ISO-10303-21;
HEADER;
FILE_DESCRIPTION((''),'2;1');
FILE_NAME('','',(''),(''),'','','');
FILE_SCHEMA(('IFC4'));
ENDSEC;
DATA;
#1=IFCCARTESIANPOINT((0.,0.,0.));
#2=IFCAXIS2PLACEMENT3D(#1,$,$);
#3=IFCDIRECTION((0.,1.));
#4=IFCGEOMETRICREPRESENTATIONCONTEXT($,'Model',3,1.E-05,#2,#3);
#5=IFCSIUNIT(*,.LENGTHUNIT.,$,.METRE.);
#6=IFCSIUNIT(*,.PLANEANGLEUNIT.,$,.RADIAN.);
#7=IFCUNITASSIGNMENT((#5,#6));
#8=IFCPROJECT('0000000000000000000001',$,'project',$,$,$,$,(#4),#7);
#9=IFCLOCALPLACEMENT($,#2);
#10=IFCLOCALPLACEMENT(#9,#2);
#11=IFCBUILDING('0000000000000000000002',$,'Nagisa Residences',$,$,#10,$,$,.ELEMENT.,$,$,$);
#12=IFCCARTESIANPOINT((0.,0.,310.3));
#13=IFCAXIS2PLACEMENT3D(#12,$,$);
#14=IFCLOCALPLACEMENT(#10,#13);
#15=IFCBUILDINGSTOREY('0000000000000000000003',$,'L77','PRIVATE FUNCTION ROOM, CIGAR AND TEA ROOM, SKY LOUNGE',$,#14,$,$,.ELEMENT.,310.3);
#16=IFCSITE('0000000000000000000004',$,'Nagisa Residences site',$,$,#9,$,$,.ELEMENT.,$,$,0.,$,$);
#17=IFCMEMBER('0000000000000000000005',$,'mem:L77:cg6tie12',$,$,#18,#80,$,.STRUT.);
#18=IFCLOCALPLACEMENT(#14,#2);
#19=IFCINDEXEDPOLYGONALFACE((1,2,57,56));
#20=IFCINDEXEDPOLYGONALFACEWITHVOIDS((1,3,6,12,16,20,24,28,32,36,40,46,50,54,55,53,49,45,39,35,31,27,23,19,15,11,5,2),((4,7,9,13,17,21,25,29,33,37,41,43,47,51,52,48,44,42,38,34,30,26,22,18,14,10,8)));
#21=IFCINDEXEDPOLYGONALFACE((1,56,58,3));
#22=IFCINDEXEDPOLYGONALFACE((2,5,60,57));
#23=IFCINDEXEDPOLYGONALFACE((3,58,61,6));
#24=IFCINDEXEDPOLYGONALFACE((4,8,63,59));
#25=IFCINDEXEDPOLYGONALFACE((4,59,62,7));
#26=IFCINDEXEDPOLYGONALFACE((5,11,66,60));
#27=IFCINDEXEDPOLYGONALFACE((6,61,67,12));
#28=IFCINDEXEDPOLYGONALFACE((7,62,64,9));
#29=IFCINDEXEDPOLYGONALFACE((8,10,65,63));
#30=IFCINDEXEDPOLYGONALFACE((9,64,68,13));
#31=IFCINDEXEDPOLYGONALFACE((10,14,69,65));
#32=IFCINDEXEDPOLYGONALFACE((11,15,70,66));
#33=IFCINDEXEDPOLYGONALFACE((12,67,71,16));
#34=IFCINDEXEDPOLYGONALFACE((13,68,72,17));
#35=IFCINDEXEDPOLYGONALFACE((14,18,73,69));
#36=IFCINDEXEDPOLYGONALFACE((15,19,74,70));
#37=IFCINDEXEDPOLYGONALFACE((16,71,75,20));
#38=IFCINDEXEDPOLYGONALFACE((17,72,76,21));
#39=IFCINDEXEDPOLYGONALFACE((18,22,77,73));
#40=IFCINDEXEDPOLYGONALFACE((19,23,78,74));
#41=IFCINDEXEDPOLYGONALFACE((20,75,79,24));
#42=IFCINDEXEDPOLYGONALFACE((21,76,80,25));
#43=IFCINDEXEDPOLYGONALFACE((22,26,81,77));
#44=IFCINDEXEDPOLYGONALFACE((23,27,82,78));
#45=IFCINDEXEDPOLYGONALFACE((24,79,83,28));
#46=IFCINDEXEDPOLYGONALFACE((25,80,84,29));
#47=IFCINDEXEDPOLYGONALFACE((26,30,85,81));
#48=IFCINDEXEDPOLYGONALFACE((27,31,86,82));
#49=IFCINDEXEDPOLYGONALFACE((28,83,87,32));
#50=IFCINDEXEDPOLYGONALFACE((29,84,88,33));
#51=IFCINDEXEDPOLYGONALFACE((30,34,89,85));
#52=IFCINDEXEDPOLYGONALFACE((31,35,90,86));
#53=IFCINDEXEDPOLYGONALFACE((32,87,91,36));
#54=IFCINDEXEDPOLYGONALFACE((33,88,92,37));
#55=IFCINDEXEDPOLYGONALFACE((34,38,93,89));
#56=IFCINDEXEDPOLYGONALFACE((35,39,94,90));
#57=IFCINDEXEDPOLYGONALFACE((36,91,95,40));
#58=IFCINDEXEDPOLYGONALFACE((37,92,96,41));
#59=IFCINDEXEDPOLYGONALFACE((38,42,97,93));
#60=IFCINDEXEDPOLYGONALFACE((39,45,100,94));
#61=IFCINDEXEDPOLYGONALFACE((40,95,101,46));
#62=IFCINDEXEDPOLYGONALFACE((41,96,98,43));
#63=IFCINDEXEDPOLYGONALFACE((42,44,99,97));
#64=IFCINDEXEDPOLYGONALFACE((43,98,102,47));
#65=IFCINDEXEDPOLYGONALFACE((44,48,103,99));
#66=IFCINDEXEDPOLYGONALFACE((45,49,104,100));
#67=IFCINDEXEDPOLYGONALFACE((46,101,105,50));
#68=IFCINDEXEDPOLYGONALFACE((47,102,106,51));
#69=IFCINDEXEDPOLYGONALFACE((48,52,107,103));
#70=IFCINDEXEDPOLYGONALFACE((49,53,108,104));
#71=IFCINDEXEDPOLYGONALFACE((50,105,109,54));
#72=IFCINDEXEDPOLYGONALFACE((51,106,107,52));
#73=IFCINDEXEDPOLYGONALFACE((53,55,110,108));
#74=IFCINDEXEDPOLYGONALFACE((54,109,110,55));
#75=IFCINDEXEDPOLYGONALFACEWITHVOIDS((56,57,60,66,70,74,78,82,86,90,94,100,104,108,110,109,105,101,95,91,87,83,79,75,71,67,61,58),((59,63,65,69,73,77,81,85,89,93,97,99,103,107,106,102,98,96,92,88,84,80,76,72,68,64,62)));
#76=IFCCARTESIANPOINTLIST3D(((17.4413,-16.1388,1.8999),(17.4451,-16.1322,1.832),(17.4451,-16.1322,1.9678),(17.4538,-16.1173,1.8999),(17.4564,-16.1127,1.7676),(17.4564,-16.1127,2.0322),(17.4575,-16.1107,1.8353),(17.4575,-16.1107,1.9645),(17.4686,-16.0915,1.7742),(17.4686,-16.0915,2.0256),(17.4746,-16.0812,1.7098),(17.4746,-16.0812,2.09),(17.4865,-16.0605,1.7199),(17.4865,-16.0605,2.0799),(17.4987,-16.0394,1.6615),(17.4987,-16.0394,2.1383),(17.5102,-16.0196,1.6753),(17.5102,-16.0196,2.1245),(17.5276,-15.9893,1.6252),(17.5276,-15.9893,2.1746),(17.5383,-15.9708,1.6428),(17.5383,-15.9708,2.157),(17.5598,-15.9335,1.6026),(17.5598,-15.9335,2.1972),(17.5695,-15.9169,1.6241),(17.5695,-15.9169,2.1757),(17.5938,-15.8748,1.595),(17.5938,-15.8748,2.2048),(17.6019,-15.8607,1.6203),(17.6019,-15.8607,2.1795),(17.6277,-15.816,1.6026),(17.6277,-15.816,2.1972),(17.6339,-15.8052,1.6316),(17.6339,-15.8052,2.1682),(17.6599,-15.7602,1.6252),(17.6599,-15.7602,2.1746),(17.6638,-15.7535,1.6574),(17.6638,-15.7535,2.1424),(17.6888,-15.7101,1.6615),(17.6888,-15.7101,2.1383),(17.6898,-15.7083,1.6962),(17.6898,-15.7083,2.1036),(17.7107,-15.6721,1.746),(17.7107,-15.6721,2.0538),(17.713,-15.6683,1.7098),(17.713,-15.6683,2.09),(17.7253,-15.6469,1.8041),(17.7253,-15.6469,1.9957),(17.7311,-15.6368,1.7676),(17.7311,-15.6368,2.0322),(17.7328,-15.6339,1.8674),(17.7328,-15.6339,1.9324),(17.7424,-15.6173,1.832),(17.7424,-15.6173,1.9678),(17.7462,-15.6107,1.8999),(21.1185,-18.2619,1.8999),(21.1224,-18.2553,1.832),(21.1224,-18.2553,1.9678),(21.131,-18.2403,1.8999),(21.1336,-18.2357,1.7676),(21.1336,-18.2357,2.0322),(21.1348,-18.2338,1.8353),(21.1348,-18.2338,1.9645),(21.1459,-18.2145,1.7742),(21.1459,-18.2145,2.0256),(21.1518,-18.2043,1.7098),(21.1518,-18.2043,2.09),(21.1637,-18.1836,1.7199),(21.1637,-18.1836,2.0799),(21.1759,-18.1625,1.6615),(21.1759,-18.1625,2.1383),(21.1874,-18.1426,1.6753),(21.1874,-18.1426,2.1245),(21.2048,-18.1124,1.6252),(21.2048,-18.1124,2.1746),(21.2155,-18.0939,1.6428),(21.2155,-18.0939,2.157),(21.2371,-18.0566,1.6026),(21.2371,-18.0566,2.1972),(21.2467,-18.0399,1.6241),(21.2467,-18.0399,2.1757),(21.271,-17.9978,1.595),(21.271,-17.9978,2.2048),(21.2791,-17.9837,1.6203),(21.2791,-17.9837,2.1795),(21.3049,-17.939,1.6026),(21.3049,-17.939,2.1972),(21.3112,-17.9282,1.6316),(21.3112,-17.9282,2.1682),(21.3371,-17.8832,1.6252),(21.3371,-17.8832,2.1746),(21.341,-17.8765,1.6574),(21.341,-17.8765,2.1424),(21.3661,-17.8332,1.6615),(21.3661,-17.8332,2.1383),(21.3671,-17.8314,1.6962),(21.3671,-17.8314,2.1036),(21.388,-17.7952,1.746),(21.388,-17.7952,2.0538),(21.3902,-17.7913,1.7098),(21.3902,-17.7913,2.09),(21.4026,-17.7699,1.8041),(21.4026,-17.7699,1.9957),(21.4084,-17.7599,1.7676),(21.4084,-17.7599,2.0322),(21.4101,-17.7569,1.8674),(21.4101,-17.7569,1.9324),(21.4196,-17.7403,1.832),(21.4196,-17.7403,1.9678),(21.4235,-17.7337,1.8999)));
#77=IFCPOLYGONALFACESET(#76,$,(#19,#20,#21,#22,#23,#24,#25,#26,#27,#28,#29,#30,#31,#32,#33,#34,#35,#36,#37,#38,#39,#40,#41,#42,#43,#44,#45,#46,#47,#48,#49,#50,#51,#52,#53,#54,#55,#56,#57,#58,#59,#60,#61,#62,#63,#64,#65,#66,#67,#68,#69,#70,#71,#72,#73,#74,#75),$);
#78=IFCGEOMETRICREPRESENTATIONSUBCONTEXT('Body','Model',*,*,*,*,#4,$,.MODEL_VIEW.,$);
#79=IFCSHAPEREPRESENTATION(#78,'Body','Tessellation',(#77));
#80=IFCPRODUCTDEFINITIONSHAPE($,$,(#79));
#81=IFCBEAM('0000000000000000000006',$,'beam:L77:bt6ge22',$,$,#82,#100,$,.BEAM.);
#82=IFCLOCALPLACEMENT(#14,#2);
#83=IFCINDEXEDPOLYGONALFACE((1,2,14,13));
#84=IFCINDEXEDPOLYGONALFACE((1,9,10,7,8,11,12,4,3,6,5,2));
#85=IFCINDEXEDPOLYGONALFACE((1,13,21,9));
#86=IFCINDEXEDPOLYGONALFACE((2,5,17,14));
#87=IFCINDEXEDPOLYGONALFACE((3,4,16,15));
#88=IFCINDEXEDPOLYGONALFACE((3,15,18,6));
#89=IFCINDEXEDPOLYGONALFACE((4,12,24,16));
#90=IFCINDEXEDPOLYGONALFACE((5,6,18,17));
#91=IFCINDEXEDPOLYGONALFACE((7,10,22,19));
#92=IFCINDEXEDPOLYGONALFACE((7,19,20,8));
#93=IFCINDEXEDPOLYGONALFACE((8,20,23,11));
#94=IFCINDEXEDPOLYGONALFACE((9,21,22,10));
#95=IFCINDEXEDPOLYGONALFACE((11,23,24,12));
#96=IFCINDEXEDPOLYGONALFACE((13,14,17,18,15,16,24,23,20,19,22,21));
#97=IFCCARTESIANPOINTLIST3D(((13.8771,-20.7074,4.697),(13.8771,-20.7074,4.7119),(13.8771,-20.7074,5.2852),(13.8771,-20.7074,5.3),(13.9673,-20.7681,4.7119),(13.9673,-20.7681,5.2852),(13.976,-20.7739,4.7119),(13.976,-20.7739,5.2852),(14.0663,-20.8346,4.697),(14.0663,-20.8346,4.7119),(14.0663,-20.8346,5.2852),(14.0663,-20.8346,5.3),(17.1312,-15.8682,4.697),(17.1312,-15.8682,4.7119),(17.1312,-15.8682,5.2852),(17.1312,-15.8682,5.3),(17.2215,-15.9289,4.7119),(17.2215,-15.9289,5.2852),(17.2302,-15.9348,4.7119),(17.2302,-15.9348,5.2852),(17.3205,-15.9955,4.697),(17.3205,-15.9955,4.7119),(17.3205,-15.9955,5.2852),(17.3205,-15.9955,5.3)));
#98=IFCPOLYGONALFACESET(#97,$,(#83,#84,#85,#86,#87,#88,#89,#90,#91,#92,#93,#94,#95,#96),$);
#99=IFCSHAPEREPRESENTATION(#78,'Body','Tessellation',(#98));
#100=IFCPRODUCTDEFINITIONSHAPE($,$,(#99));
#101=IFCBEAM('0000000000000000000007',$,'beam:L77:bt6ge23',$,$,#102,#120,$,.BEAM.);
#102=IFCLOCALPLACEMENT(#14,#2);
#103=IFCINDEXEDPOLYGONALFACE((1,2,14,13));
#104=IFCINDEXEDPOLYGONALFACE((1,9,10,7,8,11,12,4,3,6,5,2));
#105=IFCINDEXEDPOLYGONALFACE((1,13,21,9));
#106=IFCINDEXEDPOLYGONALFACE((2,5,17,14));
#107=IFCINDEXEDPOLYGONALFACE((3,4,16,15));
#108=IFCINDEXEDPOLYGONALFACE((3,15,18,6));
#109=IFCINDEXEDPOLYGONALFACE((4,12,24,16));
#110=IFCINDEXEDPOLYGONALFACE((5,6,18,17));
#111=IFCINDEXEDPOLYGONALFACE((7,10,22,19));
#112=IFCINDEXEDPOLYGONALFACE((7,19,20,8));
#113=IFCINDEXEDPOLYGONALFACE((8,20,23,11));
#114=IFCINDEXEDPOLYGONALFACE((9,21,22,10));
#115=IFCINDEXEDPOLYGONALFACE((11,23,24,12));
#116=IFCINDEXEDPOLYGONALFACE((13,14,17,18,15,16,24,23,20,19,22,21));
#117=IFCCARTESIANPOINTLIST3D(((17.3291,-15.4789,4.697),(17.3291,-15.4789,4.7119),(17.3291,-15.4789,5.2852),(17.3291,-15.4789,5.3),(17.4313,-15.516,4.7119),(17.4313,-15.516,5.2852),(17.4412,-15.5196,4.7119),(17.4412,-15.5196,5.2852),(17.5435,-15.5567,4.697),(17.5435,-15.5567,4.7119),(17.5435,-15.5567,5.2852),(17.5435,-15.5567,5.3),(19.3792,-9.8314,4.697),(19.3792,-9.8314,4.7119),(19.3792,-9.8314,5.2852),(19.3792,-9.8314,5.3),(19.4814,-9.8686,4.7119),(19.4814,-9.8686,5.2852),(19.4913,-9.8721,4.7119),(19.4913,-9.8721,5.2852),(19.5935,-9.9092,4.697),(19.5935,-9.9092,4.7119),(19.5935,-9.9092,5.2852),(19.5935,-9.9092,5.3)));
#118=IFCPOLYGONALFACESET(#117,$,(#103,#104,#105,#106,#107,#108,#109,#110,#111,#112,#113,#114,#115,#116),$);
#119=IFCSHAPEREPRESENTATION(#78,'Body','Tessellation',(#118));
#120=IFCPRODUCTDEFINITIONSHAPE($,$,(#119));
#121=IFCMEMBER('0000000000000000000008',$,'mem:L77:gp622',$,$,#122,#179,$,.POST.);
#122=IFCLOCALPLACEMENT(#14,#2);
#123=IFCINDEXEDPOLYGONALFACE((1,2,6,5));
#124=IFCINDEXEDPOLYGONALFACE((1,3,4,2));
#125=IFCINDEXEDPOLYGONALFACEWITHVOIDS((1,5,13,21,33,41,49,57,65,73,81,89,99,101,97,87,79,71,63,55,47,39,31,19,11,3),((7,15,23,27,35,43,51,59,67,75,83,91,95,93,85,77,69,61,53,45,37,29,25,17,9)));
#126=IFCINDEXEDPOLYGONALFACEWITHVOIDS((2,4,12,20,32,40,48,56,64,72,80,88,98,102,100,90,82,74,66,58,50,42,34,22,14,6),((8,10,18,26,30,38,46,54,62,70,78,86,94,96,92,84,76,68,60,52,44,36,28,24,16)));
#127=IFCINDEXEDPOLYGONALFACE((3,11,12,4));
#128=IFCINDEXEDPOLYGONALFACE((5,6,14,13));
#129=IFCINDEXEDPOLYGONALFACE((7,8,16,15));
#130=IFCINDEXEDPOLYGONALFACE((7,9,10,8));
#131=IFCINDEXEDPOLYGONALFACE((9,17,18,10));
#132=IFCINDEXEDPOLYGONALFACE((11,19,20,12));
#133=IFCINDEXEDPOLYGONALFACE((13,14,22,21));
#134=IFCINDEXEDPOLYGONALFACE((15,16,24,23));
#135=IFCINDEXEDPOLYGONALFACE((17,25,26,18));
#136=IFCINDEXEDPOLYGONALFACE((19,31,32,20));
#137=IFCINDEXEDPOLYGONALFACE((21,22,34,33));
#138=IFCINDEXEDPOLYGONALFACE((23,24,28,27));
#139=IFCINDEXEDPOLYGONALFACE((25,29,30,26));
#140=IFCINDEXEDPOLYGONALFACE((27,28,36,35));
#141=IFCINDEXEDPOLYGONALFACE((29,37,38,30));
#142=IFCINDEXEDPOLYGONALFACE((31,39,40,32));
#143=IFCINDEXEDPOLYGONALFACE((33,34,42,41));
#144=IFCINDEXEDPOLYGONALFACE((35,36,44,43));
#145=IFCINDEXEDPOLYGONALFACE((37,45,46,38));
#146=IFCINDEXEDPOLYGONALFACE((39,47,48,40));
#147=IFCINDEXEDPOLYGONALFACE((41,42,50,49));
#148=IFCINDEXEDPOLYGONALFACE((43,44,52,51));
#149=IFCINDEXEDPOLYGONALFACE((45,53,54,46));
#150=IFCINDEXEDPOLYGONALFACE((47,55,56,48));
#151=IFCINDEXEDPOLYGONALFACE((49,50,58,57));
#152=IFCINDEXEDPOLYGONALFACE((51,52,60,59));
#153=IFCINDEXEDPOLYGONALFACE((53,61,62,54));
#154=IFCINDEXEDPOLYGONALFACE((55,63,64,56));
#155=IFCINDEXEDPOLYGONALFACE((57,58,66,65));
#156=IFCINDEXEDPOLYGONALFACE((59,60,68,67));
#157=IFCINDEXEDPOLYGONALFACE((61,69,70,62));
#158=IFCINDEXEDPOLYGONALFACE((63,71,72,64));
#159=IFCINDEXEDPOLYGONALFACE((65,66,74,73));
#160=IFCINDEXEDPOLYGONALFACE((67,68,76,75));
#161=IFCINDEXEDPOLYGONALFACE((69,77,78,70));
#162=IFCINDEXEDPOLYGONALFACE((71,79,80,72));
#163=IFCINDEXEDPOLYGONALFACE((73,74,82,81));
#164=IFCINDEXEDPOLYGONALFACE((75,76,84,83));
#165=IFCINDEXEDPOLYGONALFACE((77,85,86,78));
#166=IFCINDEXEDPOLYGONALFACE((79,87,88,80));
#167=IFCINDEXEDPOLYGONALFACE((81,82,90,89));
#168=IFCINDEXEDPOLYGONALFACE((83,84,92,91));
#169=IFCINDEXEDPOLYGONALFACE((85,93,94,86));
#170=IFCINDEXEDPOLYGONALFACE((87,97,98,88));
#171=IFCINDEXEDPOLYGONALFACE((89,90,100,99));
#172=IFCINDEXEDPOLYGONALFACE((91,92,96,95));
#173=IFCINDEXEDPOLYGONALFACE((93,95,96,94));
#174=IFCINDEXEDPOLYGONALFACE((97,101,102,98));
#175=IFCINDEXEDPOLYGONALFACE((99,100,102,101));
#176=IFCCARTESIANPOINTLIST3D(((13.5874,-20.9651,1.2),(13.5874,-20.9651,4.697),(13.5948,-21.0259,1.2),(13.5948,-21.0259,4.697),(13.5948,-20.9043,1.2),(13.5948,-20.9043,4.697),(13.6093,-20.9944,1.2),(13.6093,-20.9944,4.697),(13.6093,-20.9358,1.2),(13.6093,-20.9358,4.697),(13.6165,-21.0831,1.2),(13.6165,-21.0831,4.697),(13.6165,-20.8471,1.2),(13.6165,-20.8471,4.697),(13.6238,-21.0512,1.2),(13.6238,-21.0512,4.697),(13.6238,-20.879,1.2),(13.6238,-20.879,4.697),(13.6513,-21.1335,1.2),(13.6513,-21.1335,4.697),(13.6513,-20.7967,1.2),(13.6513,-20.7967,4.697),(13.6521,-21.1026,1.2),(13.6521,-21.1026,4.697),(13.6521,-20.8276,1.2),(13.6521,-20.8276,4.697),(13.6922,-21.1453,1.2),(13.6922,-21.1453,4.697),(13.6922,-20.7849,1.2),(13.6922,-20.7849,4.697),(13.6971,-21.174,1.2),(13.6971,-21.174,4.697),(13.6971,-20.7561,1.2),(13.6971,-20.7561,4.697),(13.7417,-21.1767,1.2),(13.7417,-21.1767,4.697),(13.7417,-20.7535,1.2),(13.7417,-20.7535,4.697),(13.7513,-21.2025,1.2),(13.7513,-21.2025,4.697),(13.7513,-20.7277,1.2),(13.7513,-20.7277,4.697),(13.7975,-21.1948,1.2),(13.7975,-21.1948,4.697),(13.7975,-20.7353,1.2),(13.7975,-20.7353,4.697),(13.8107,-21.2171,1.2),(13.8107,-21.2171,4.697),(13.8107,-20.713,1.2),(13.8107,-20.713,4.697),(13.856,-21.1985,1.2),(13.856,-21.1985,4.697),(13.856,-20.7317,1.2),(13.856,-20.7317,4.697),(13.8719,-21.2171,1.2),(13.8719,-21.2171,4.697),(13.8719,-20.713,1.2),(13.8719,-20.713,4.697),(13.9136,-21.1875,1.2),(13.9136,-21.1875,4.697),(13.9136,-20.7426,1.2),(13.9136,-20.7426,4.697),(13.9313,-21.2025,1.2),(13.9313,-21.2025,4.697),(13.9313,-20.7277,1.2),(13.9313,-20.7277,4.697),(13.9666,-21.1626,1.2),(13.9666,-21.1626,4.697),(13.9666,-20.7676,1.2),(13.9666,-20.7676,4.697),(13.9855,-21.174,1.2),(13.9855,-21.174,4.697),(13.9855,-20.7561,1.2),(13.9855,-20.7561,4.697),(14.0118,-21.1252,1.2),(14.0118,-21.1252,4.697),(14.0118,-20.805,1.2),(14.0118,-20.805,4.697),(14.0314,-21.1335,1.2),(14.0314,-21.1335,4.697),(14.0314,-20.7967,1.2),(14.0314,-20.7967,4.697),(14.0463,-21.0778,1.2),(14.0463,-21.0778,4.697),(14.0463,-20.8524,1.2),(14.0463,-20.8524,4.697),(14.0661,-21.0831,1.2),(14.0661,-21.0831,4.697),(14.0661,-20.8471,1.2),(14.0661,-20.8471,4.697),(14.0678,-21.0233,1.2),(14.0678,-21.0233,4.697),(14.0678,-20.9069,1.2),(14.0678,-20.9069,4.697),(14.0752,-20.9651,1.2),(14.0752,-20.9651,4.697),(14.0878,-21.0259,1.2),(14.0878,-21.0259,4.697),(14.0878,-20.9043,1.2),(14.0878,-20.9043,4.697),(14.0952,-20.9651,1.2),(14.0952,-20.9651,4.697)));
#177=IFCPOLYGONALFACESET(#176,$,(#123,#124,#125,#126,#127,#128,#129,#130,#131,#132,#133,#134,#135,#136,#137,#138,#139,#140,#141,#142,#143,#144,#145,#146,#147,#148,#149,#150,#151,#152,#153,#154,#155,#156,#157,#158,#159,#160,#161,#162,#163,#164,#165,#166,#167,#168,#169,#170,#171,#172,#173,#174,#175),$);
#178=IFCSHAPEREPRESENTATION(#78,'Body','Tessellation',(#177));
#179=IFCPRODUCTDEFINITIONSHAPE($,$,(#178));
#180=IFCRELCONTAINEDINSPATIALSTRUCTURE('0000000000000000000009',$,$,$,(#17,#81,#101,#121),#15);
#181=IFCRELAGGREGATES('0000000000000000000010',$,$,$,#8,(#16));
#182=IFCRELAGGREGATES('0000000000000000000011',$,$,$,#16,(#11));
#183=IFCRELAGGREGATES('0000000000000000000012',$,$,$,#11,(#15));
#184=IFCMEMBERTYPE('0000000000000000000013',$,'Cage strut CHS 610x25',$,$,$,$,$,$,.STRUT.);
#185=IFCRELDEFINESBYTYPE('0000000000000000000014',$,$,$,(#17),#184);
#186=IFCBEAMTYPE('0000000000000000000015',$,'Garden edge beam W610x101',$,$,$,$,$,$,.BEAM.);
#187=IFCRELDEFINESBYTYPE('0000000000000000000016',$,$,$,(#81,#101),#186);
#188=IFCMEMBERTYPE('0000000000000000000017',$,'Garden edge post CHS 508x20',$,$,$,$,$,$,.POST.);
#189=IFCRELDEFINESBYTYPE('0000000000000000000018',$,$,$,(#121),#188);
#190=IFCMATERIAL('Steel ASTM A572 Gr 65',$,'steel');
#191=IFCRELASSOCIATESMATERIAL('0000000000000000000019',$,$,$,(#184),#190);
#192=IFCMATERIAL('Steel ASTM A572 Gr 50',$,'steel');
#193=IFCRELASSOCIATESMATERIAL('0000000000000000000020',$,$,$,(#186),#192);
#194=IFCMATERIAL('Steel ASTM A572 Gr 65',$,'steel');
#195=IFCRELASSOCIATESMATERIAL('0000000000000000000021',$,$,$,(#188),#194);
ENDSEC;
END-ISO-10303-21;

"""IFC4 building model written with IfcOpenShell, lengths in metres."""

from ifc_helpers import new_model, si_unit, direction, frame, origin, origin_2d, place, context, subcontext, project, spatial, hollow_circle, i_section, extrude, material, material_profile, profile_set, type_object, element, save


model = new_model("IFC4")

# Units and contexts
model_context = context("Model", 3, precision=1e-05, world=origin(), true_north=direction((0.0, 1.0)))
body_context = subcontext(model_context, "Body", "Model", "MODEL_VIEW")
ifc_project = project(units=[si_unit("LENGTHUNIT", "METRE"), si_unit("PLANEANGLEUNIT", "RADIAN")], contexts=[model_context])

# Site, building, storey
site_placement = place(None, origin())
site = spatial("IfcSite", under=ifc_project, at=site_placement, Name="Nagisa Residences site", CompositionType="ELEMENT", RefElevation=0.0)
building_placement = place(site_placement, origin())
building = spatial("IfcBuilding", under=site, at=building_placement, Name="Nagisa Residences", CompositionType="ELEMENT")
storey_placement = place(building_placement, frame((0.0, 0.0, 310.3)))
storey = spatial("IfcBuildingStorey", under=building, at=storey_placement, Name="L77", Description="PRIVATE FUNCTION ROOM, CIGAR AND TEA ROOM, SKY LOUNGE", CompositionType="ELEMENT", Elevation=310.3)

# Member
ifc_material_1 = material(Name="Steel ASTM A572 Gr 65", Category="steel")
ifc_material_profile_1 = material_profile(ifc_material_1, hollow_circle(Radius=0.3049, WallThickness=0.0249, at=origin_2d()), Name="CHS 610x25")
ifc_profile_set_1 = profile_set([ifc_material_profile_1], Name="Steel ASTM A572 Gr 65")
member_type_1 = type_object("IfcMemberType", Name="Cage strut CHS 610x25", PredefinedType="STRUT", material=ifc_profile_set_1)
member_1_placement = place(storey_placement, frame((21.271, -17.9978, 1.8999), z_axis=(-0.866027, 0.499998, 0.0), x_axis=(-0.499998, -0.866027, 0.0)))
element("IfcMember", 1, at=member_1_placement, inside=storey, type_object=member_type_1, Name="mem:L77:cg6tie12", PredefinedType="STRUT", context=body_context, shape_type="SweptSolid", body=[
    extrude(hollow_circle(Radius=0.3049, WallThickness=0.0249, at=origin_2d()), origin(), (0.0, 0.0, 1.0), 4.2461),
])

# Beams
ifc_material_2 = material(Name="Steel ASTM A572 Gr 50", Category="steel")
ifc_material_profile_2 = material_profile(ifc_material_2, i_section(OverallWidth=0.228, OverallDepth=0.603, WebThickness=0.0105, FlangeThickness=0.0149, at=origin_2d()), Name="W610x101")
ifc_profile_set_2 = profile_set([ifc_material_profile_2], Name="Steel ASTM A572 Gr 50")
beam_type_1 = type_object("IfcBeamType", Name="Garden edge beam W610x101", PredefinedType="BEAM", material=ifc_profile_set_2)
beam_1_placement = place(storey_placement, frame((13.9717, -20.771, 4.9985), z_axis=(0.558029, 0.829822, 0.0), x_axis=(-0.829822, 0.558029, 0.0)))
element("IfcBeam", 2, at=beam_1_placement, inside=storey, type_object=beam_type_1, Name="beam:L77:bt6ge22", PredefinedType="BEAM", context=body_context, shape_type="SweptSolid", body=[
    extrude(i_section(OverallWidth=0.228, OverallDepth=0.603, WebThickness=0.0105, FlangeThickness=0.0149, at=origin_2d()), origin(), (0.0, 0.0, 1.0), 5.8315),
])
beam_2_placement = place(storey_placement, frame((17.4363, -15.5178, 4.9985), z_axis=(0.341218, 0.939984, 0.0), x_axis=(-0.939984, 0.341218, 0.0)))
element("IfcBeam", 3, at=beam_2_placement, inside=storey, type_object=beam_type_1, Name="beam:L77:bt6ge23", PredefinedType="BEAM", context=body_context, shape_type="SweptSolid", body=[
    extrude(i_section(OverallWidth=0.228, OverallDepth=0.603, WebThickness=0.0105, FlangeThickness=0.0149, at=origin_2d()), origin(), (0.0, 0.0, 1.0), 6.0081),
])

# Member
ifc_material_3 = material(Name="Steel ASTM A572 Gr 65", Category="steel")
ifc_material_profile_3 = material_profile(ifc_material_3, hollow_circle(Radius=0.2539, WallThickness=0.02, at=origin_2d()), Name="CHS 508x20")
ifc_profile_set_3 = profile_set([ifc_material_profile_3], Name="Steel ASTM A572 Gr 65")
member_type_2 = type_object("IfcMemberType", Name="Garden edge post CHS 508x20", PredefinedType="POST", material=ifc_profile_set_3)
for number, where, z_axis, x_axis, name in (
    (4, (13.8413, -20.9651, 1.2), (0.0, 0.0, 1.0), (1.0, 0.0, 0.0), "mem:L77:gp622"),
):
    element("IfcMember", number, at=place(storey_placement, frame(where, z_axis=z_axis, x_axis=x_axis)), inside=storey, type_object=member_type_2, Name=name, PredefinedType="POST", context=body_context, shape_type="SweptSolid", body=[
        extrude(hollow_circle(Radius=0.2539, WallThickness=0.02, at=origin_2d()), origin(), (0.0, 0.0, 1.0), 3.4971),
    ])

save(model, "model.ifc")
